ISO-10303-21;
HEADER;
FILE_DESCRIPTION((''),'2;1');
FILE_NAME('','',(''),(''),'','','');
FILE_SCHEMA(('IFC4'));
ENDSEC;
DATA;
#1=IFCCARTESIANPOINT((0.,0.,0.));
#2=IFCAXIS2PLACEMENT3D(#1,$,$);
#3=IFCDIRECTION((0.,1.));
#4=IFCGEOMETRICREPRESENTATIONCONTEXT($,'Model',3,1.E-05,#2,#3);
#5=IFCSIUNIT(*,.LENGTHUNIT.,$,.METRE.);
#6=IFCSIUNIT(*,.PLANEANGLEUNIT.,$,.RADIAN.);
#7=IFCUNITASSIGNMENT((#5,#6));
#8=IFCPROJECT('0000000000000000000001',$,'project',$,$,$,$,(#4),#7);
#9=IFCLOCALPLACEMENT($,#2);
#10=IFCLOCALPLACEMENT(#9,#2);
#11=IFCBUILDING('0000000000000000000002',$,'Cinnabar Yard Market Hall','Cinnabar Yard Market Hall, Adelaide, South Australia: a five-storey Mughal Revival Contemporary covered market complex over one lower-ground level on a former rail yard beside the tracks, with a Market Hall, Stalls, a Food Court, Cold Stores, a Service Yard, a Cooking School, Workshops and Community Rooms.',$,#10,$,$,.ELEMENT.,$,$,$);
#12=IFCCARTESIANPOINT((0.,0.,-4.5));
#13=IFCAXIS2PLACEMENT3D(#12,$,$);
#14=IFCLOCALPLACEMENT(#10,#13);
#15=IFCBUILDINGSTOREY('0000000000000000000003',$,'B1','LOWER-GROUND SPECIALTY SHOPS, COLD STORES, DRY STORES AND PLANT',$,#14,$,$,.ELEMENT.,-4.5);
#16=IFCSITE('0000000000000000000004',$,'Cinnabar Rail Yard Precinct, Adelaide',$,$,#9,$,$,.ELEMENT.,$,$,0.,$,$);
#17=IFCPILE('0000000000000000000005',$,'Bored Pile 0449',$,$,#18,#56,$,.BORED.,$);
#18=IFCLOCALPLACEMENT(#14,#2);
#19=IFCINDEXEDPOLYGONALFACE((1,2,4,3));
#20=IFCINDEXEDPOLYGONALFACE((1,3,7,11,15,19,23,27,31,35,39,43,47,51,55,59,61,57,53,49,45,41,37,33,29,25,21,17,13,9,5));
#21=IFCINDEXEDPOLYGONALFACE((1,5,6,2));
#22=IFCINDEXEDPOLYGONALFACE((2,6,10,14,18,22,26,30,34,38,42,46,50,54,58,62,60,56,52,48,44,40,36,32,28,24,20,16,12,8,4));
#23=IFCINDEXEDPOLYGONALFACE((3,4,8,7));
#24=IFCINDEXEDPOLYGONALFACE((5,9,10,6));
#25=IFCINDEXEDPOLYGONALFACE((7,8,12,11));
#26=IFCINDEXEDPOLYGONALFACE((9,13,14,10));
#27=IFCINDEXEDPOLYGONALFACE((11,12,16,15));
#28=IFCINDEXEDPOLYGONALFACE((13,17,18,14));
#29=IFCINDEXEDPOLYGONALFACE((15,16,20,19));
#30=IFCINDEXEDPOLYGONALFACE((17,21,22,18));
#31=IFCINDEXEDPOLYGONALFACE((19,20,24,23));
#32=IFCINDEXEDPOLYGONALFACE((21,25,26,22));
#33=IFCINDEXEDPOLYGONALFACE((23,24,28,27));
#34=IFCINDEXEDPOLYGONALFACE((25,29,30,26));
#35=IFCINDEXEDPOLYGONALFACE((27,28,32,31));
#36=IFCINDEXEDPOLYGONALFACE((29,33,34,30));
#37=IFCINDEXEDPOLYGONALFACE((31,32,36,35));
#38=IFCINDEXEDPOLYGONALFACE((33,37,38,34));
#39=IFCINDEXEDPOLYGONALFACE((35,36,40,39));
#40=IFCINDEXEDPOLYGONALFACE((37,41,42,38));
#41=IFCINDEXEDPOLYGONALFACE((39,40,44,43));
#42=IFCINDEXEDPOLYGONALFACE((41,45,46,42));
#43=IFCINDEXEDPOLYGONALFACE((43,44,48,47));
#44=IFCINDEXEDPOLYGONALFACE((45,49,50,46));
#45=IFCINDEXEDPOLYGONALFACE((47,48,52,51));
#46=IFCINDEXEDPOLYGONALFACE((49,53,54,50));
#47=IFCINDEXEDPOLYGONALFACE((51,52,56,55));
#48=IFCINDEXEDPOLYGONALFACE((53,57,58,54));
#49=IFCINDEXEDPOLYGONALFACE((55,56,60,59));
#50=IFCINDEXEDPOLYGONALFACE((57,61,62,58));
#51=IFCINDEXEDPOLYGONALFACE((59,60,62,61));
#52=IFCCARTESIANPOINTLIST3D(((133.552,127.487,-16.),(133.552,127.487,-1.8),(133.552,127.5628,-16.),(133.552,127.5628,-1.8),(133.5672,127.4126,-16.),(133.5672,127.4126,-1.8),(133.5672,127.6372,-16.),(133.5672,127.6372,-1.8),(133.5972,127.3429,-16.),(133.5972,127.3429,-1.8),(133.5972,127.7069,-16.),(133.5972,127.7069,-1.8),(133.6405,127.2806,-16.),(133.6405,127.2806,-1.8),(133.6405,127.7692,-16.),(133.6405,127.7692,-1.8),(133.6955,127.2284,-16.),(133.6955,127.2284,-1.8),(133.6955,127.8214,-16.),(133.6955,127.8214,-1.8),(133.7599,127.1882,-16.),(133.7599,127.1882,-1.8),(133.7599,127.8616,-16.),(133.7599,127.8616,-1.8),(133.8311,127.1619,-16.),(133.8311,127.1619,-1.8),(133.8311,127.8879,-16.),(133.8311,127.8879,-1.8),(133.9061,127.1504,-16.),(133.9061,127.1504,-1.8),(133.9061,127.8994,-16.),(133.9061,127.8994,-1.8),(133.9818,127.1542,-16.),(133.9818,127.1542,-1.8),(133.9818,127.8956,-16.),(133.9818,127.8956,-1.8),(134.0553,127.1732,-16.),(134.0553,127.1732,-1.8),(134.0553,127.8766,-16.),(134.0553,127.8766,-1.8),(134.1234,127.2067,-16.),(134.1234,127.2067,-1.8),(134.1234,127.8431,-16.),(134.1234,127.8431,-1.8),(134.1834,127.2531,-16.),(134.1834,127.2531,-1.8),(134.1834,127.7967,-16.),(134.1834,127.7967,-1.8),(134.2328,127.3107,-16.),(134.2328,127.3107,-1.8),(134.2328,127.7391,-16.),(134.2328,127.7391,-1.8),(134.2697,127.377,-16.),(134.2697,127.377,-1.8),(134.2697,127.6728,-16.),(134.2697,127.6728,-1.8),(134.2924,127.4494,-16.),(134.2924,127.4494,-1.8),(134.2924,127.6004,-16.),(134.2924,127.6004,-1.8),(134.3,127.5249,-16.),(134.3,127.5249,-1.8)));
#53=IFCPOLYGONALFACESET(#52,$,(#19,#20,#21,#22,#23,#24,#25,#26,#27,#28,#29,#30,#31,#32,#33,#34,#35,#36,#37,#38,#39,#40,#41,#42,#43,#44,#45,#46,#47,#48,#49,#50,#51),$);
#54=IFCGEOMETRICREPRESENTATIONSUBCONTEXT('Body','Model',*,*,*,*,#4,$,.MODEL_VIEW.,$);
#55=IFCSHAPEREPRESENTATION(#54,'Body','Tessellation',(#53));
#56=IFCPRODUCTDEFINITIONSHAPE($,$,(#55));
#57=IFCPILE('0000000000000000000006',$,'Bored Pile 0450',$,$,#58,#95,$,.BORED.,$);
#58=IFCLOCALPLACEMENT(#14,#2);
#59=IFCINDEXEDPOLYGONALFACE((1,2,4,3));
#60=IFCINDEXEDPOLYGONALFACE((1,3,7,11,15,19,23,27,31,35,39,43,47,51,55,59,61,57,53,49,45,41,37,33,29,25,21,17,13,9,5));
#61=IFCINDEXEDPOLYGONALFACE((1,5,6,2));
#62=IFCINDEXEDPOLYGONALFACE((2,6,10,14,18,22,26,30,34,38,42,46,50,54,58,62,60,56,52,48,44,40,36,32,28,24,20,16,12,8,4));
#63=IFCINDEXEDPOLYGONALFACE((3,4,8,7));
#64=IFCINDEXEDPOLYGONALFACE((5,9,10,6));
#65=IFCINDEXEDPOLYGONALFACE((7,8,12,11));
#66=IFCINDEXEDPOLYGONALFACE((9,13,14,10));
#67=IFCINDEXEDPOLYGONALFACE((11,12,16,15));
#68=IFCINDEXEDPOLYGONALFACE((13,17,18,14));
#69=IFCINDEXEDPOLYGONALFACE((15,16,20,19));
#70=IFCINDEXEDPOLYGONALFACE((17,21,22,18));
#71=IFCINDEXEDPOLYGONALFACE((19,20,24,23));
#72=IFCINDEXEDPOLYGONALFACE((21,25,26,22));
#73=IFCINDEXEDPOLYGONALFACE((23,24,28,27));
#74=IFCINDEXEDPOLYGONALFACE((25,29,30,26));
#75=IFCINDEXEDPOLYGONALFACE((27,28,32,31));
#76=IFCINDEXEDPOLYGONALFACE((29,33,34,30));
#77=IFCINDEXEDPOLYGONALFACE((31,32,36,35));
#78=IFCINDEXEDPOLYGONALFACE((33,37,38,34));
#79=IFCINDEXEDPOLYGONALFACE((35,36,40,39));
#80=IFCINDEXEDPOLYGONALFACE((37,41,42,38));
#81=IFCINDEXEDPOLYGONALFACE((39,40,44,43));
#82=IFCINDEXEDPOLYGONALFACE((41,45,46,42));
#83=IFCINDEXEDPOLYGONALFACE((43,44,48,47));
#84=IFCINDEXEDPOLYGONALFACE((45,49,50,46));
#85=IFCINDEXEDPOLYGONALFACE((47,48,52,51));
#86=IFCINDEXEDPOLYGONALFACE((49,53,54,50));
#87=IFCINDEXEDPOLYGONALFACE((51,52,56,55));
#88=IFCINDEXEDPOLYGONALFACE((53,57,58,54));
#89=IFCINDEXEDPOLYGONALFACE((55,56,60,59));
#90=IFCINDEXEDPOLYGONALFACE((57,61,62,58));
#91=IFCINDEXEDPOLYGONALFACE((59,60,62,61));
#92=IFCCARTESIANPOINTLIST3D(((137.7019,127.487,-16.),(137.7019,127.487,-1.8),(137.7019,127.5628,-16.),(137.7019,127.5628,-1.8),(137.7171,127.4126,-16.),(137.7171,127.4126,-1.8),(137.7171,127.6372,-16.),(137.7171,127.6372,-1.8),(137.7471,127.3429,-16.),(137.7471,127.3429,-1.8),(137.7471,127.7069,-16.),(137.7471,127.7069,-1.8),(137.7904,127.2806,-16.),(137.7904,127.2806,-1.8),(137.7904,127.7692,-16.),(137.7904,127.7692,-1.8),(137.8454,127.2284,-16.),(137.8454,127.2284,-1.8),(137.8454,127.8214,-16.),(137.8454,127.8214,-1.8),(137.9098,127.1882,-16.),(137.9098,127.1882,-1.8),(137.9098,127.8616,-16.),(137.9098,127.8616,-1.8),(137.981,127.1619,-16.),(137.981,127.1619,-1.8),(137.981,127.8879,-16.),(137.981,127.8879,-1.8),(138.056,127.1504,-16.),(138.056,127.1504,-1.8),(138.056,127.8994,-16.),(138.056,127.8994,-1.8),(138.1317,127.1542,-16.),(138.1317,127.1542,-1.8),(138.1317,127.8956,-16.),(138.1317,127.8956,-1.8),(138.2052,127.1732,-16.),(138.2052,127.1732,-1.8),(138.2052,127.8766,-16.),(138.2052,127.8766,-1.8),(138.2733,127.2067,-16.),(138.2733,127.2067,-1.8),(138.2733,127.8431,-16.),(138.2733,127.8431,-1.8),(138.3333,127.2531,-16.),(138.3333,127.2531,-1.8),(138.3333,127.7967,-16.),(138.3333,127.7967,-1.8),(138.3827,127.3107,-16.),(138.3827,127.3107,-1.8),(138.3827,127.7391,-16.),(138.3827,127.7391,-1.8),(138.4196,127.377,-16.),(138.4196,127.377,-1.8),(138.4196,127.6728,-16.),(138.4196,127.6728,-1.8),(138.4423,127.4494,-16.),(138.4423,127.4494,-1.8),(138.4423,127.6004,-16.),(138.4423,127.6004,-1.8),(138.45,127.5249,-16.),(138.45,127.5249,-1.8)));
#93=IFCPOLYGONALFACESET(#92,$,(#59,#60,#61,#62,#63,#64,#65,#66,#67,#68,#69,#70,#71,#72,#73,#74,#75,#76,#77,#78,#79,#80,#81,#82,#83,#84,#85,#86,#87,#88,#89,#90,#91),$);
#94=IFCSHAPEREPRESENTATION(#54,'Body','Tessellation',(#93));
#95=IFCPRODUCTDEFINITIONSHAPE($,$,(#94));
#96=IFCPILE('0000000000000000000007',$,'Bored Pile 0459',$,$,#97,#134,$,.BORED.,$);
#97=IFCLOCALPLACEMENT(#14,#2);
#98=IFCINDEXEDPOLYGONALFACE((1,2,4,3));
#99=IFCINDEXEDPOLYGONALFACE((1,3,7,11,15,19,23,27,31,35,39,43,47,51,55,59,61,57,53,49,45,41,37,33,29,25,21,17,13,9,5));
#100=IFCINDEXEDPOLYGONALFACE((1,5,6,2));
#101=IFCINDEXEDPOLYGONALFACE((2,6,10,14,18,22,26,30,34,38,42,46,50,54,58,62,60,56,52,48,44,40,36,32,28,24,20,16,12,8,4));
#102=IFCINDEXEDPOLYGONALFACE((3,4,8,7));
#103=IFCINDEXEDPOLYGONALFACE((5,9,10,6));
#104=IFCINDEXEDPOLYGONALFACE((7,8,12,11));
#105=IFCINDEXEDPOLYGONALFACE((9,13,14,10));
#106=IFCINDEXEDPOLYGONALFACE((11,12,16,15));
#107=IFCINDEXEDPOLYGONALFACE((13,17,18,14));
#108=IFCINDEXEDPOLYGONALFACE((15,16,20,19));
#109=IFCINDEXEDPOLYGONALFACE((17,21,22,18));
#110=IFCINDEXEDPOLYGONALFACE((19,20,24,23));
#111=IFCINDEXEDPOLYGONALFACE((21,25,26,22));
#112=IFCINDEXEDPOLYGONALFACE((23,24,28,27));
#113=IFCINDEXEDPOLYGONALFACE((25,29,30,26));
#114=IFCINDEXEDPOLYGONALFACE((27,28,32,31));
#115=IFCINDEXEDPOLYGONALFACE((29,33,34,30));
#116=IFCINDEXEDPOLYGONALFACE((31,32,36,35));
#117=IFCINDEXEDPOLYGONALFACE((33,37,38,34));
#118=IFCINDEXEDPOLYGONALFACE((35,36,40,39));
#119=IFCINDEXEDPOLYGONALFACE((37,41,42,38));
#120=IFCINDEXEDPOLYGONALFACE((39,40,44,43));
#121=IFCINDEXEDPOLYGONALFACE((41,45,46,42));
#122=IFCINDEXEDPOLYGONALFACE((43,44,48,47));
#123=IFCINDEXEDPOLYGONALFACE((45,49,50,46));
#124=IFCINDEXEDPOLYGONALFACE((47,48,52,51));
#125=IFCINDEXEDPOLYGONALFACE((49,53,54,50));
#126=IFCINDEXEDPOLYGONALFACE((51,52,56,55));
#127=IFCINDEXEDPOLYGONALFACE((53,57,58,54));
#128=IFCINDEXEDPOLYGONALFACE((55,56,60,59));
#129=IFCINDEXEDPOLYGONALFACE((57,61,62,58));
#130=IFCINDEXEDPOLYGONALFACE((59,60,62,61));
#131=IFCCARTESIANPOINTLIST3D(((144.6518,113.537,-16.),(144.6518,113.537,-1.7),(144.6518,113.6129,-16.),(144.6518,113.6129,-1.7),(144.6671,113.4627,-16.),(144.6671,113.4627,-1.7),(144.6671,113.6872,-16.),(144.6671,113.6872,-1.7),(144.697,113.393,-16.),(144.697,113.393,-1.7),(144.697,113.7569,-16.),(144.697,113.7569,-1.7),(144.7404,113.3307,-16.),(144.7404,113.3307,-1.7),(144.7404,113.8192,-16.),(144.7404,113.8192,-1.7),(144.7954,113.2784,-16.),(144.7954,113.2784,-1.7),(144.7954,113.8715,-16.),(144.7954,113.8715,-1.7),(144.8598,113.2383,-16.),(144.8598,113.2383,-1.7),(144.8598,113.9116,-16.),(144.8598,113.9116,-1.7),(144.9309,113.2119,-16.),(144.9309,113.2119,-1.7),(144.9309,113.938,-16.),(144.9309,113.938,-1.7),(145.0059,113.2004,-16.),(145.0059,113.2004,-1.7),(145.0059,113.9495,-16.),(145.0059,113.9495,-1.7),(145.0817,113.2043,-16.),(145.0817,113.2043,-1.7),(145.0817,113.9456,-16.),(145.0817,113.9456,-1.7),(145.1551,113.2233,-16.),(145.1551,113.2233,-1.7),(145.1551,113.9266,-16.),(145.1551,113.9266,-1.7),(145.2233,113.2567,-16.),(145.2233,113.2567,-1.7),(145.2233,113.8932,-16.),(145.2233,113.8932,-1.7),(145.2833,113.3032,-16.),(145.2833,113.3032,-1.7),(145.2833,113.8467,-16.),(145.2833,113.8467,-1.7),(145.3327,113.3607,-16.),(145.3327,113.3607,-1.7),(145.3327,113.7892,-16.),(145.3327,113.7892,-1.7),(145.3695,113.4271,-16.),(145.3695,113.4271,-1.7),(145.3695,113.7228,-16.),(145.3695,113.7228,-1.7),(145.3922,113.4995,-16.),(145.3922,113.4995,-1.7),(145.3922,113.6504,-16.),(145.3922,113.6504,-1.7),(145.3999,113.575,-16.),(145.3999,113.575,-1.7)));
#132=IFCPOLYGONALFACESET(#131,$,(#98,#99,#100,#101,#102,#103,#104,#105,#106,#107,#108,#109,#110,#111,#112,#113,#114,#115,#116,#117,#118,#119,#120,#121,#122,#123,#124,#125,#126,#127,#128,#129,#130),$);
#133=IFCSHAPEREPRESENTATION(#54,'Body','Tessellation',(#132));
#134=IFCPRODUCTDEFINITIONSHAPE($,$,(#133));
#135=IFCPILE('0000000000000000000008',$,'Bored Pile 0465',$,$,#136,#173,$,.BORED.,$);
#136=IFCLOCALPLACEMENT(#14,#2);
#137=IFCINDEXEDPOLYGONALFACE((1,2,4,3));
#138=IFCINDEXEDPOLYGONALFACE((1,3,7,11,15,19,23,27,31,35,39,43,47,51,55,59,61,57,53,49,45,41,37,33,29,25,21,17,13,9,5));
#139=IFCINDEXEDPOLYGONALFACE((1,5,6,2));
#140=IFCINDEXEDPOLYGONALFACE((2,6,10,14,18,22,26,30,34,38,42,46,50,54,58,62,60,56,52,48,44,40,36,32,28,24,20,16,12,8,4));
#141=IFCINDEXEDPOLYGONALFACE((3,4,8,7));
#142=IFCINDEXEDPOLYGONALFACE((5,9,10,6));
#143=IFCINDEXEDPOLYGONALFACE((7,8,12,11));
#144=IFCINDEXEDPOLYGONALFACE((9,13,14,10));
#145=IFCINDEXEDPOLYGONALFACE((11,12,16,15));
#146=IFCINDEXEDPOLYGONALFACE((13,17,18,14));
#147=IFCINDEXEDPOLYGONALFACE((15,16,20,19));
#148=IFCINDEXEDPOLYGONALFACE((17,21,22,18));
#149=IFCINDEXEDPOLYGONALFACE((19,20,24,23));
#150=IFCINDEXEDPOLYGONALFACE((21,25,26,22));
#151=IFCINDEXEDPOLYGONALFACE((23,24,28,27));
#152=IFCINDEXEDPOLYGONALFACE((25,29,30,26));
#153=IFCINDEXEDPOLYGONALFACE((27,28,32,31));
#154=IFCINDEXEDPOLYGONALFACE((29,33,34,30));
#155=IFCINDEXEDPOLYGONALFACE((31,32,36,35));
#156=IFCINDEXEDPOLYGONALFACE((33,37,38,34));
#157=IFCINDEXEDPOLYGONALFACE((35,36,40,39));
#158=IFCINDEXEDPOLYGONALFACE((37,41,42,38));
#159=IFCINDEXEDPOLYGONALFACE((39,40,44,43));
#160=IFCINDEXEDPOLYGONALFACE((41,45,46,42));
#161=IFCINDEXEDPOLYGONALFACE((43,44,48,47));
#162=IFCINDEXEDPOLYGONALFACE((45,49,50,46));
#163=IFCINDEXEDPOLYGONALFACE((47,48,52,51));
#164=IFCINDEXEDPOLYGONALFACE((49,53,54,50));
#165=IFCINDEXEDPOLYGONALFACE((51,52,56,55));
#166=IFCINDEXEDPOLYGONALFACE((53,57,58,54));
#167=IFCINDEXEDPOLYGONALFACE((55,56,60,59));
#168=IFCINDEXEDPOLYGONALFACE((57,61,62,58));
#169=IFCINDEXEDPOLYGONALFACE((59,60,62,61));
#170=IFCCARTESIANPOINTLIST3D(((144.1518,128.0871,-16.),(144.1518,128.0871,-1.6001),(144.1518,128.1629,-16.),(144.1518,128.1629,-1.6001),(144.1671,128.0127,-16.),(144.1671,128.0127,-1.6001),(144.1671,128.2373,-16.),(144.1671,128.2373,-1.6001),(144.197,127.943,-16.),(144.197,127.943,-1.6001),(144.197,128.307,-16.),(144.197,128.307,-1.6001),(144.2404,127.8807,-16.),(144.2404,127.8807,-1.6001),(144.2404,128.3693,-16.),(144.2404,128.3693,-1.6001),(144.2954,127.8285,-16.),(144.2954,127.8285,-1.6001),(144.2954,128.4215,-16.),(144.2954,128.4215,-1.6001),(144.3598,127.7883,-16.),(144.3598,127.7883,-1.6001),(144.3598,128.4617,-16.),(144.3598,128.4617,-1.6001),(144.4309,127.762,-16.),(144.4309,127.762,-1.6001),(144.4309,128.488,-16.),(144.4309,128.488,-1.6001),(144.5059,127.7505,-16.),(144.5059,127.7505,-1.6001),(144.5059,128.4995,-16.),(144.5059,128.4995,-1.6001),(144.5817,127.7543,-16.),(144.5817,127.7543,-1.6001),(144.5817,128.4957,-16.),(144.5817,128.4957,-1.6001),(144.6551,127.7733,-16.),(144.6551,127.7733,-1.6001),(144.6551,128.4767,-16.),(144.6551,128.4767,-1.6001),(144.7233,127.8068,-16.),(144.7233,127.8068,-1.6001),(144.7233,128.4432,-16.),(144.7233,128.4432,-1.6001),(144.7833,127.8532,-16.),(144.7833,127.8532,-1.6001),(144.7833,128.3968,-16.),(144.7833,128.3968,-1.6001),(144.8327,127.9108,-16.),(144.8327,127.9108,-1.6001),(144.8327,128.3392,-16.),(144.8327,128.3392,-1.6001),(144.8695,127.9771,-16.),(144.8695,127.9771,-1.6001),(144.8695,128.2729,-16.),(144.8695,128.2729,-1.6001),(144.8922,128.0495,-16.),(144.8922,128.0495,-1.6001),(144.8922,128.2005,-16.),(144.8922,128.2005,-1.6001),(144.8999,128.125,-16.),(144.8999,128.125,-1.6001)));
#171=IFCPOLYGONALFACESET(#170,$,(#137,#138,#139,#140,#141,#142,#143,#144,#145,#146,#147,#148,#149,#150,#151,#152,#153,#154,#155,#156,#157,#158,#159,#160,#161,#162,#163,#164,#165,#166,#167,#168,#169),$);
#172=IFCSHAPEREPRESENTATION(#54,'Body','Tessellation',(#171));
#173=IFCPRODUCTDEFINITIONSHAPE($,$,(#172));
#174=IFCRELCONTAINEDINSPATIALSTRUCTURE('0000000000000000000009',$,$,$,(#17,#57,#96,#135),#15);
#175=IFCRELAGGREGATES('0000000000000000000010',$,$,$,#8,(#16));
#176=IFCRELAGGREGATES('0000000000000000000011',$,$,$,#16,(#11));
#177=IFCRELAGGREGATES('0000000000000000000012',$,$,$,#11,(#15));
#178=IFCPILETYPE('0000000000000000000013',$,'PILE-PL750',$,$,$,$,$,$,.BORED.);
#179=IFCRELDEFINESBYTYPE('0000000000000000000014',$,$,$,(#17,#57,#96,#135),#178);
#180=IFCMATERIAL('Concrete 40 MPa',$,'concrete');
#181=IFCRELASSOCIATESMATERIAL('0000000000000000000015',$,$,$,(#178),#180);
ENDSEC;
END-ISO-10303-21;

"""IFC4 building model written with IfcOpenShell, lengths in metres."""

from ifc_helpers import new_model, si_unit, direction, frame, origin, origin_2d_with_axis, place, context, subcontext, project, spatial, circle, extrude, material, material_profile, profile_set, type_object, element, save


model = new_model("IFC4")

# Units and contexts
model_context = context("Model", 3, precision=1e-05, world=origin(), true_north=direction((0.0, 1.0)))
body_context = subcontext(model_context, "Body", "Model", "MODEL_VIEW")
ifc_project = project(units=[si_unit("LENGTHUNIT", "METRE"), si_unit("PLANEANGLEUNIT", "RADIAN")], contexts=[model_context])

# Site, building, storey
site_placement = place(None, origin())
site = spatial("IfcSite", under=ifc_project, at=site_placement, Name="Cinnabar Rail Yard Precinct, Adelaide", CompositionType="ELEMENT", RefElevation=0.0)
building_placement = place(site_placement, origin())
building = spatial("IfcBuilding", under=site, at=building_placement, Name="Cinnabar Yard Market Hall", Description="Cinnabar Yard Market Hall, Adelaide, South Australia: a five-storey Mughal Revival Contemporary covered market complex over one lower-ground level on a former rail yard beside the tracks, with a Market Hall, Stalls, a Food Court, Cold Stores, a Service Yard, a Cooking School, Workshops and Community Rooms.", CompositionType="ELEMENT")
storey_placement = place(building_placement, frame((0.0, 0.0, -4.5)))
storey = spatial("IfcBuildingStorey", under=building, at=storey_placement, Name="B1", Description="LOWER-GROUND SPECIALTY SHOPS, COLD STORES, DRY STORES AND PLANT", CompositionType="ELEMENT", Elevation=-4.5)

# Shared definitions
ifc_material_1 = material(Name="Concrete 40 MPa", Category="concrete")

# Piles
ifc_material_profile_1 = material_profile(ifc_material_1, circle(Radius=0.375, at=origin_2d_with_axis()), Name="PILE-D750")
ifc_profile_set_1 = profile_set([ifc_material_profile_1], Name="Concrete 40 MPa")
pile_type_1 = type_object("IfcPileType", Name="PILE-PL750", PredefinedType="BORED", material=ifc_profile_set_1)
for number, where, z_axis, x_axis, name in (
    (1, (133.925, 127.5249, -1.8), (0.0, 0.0, -1.0), (1.0, 0.0, 0.0), "Bored Pile 0449"),
    (2, (138.075, 127.5249, -1.8), (0.0, 0.0, -1.0), (1.0, 0.0, 0.0), "Bored Pile 0450"),
):
    element("IfcPile", number, at=place(storey_placement, frame(where, z_axis=z_axis, x_axis=x_axis)), inside=storey, type_object=pile_type_1, Name=name, PredefinedType="BORED", context=body_context, shape_type="SweptSolid", body=[
        extrude(circle(Radius=0.375, at=origin_2d_with_axis()), origin(), (0.0, 0.0, 1.0), 14.2),
    ])
pile_1_placement = place(storey_placement, frame((145.0249, 113.575, -1.7), z_axis=(0.0, 0.0, -1.0), x_axis=(1.0, 0.0, 0.0)))
element("IfcPile", 3, at=pile_1_placement, inside=storey, type_object=pile_type_1, Name="Bored Pile 0459", PredefinedType="BORED", context=body_context, shape_type="SweptSolid", body=[
    extrude(circle(Radius=0.375, at=origin_2d_with_axis()), origin(), (0.0, 0.0, 1.0), 14.3),
])
pile_2_placement = place(storey_placement, frame((144.5249, 128.125, -1.6001), z_axis=(0.0, 0.0, -1.0), x_axis=(1.0, 0.0, 0.0)))
element("IfcPile", 4, at=pile_2_placement, inside=storey, type_object=pile_type_1, Name="Bored Pile 0465", PredefinedType="BORED", context=body_context, shape_type="SweptSolid", body=[
    extrude(circle(Radius=0.375, at=origin_2d_with_axis()), origin(), (0.0, 0.0, 1.0), 14.3999),
])

save(model, "model.ifc")
